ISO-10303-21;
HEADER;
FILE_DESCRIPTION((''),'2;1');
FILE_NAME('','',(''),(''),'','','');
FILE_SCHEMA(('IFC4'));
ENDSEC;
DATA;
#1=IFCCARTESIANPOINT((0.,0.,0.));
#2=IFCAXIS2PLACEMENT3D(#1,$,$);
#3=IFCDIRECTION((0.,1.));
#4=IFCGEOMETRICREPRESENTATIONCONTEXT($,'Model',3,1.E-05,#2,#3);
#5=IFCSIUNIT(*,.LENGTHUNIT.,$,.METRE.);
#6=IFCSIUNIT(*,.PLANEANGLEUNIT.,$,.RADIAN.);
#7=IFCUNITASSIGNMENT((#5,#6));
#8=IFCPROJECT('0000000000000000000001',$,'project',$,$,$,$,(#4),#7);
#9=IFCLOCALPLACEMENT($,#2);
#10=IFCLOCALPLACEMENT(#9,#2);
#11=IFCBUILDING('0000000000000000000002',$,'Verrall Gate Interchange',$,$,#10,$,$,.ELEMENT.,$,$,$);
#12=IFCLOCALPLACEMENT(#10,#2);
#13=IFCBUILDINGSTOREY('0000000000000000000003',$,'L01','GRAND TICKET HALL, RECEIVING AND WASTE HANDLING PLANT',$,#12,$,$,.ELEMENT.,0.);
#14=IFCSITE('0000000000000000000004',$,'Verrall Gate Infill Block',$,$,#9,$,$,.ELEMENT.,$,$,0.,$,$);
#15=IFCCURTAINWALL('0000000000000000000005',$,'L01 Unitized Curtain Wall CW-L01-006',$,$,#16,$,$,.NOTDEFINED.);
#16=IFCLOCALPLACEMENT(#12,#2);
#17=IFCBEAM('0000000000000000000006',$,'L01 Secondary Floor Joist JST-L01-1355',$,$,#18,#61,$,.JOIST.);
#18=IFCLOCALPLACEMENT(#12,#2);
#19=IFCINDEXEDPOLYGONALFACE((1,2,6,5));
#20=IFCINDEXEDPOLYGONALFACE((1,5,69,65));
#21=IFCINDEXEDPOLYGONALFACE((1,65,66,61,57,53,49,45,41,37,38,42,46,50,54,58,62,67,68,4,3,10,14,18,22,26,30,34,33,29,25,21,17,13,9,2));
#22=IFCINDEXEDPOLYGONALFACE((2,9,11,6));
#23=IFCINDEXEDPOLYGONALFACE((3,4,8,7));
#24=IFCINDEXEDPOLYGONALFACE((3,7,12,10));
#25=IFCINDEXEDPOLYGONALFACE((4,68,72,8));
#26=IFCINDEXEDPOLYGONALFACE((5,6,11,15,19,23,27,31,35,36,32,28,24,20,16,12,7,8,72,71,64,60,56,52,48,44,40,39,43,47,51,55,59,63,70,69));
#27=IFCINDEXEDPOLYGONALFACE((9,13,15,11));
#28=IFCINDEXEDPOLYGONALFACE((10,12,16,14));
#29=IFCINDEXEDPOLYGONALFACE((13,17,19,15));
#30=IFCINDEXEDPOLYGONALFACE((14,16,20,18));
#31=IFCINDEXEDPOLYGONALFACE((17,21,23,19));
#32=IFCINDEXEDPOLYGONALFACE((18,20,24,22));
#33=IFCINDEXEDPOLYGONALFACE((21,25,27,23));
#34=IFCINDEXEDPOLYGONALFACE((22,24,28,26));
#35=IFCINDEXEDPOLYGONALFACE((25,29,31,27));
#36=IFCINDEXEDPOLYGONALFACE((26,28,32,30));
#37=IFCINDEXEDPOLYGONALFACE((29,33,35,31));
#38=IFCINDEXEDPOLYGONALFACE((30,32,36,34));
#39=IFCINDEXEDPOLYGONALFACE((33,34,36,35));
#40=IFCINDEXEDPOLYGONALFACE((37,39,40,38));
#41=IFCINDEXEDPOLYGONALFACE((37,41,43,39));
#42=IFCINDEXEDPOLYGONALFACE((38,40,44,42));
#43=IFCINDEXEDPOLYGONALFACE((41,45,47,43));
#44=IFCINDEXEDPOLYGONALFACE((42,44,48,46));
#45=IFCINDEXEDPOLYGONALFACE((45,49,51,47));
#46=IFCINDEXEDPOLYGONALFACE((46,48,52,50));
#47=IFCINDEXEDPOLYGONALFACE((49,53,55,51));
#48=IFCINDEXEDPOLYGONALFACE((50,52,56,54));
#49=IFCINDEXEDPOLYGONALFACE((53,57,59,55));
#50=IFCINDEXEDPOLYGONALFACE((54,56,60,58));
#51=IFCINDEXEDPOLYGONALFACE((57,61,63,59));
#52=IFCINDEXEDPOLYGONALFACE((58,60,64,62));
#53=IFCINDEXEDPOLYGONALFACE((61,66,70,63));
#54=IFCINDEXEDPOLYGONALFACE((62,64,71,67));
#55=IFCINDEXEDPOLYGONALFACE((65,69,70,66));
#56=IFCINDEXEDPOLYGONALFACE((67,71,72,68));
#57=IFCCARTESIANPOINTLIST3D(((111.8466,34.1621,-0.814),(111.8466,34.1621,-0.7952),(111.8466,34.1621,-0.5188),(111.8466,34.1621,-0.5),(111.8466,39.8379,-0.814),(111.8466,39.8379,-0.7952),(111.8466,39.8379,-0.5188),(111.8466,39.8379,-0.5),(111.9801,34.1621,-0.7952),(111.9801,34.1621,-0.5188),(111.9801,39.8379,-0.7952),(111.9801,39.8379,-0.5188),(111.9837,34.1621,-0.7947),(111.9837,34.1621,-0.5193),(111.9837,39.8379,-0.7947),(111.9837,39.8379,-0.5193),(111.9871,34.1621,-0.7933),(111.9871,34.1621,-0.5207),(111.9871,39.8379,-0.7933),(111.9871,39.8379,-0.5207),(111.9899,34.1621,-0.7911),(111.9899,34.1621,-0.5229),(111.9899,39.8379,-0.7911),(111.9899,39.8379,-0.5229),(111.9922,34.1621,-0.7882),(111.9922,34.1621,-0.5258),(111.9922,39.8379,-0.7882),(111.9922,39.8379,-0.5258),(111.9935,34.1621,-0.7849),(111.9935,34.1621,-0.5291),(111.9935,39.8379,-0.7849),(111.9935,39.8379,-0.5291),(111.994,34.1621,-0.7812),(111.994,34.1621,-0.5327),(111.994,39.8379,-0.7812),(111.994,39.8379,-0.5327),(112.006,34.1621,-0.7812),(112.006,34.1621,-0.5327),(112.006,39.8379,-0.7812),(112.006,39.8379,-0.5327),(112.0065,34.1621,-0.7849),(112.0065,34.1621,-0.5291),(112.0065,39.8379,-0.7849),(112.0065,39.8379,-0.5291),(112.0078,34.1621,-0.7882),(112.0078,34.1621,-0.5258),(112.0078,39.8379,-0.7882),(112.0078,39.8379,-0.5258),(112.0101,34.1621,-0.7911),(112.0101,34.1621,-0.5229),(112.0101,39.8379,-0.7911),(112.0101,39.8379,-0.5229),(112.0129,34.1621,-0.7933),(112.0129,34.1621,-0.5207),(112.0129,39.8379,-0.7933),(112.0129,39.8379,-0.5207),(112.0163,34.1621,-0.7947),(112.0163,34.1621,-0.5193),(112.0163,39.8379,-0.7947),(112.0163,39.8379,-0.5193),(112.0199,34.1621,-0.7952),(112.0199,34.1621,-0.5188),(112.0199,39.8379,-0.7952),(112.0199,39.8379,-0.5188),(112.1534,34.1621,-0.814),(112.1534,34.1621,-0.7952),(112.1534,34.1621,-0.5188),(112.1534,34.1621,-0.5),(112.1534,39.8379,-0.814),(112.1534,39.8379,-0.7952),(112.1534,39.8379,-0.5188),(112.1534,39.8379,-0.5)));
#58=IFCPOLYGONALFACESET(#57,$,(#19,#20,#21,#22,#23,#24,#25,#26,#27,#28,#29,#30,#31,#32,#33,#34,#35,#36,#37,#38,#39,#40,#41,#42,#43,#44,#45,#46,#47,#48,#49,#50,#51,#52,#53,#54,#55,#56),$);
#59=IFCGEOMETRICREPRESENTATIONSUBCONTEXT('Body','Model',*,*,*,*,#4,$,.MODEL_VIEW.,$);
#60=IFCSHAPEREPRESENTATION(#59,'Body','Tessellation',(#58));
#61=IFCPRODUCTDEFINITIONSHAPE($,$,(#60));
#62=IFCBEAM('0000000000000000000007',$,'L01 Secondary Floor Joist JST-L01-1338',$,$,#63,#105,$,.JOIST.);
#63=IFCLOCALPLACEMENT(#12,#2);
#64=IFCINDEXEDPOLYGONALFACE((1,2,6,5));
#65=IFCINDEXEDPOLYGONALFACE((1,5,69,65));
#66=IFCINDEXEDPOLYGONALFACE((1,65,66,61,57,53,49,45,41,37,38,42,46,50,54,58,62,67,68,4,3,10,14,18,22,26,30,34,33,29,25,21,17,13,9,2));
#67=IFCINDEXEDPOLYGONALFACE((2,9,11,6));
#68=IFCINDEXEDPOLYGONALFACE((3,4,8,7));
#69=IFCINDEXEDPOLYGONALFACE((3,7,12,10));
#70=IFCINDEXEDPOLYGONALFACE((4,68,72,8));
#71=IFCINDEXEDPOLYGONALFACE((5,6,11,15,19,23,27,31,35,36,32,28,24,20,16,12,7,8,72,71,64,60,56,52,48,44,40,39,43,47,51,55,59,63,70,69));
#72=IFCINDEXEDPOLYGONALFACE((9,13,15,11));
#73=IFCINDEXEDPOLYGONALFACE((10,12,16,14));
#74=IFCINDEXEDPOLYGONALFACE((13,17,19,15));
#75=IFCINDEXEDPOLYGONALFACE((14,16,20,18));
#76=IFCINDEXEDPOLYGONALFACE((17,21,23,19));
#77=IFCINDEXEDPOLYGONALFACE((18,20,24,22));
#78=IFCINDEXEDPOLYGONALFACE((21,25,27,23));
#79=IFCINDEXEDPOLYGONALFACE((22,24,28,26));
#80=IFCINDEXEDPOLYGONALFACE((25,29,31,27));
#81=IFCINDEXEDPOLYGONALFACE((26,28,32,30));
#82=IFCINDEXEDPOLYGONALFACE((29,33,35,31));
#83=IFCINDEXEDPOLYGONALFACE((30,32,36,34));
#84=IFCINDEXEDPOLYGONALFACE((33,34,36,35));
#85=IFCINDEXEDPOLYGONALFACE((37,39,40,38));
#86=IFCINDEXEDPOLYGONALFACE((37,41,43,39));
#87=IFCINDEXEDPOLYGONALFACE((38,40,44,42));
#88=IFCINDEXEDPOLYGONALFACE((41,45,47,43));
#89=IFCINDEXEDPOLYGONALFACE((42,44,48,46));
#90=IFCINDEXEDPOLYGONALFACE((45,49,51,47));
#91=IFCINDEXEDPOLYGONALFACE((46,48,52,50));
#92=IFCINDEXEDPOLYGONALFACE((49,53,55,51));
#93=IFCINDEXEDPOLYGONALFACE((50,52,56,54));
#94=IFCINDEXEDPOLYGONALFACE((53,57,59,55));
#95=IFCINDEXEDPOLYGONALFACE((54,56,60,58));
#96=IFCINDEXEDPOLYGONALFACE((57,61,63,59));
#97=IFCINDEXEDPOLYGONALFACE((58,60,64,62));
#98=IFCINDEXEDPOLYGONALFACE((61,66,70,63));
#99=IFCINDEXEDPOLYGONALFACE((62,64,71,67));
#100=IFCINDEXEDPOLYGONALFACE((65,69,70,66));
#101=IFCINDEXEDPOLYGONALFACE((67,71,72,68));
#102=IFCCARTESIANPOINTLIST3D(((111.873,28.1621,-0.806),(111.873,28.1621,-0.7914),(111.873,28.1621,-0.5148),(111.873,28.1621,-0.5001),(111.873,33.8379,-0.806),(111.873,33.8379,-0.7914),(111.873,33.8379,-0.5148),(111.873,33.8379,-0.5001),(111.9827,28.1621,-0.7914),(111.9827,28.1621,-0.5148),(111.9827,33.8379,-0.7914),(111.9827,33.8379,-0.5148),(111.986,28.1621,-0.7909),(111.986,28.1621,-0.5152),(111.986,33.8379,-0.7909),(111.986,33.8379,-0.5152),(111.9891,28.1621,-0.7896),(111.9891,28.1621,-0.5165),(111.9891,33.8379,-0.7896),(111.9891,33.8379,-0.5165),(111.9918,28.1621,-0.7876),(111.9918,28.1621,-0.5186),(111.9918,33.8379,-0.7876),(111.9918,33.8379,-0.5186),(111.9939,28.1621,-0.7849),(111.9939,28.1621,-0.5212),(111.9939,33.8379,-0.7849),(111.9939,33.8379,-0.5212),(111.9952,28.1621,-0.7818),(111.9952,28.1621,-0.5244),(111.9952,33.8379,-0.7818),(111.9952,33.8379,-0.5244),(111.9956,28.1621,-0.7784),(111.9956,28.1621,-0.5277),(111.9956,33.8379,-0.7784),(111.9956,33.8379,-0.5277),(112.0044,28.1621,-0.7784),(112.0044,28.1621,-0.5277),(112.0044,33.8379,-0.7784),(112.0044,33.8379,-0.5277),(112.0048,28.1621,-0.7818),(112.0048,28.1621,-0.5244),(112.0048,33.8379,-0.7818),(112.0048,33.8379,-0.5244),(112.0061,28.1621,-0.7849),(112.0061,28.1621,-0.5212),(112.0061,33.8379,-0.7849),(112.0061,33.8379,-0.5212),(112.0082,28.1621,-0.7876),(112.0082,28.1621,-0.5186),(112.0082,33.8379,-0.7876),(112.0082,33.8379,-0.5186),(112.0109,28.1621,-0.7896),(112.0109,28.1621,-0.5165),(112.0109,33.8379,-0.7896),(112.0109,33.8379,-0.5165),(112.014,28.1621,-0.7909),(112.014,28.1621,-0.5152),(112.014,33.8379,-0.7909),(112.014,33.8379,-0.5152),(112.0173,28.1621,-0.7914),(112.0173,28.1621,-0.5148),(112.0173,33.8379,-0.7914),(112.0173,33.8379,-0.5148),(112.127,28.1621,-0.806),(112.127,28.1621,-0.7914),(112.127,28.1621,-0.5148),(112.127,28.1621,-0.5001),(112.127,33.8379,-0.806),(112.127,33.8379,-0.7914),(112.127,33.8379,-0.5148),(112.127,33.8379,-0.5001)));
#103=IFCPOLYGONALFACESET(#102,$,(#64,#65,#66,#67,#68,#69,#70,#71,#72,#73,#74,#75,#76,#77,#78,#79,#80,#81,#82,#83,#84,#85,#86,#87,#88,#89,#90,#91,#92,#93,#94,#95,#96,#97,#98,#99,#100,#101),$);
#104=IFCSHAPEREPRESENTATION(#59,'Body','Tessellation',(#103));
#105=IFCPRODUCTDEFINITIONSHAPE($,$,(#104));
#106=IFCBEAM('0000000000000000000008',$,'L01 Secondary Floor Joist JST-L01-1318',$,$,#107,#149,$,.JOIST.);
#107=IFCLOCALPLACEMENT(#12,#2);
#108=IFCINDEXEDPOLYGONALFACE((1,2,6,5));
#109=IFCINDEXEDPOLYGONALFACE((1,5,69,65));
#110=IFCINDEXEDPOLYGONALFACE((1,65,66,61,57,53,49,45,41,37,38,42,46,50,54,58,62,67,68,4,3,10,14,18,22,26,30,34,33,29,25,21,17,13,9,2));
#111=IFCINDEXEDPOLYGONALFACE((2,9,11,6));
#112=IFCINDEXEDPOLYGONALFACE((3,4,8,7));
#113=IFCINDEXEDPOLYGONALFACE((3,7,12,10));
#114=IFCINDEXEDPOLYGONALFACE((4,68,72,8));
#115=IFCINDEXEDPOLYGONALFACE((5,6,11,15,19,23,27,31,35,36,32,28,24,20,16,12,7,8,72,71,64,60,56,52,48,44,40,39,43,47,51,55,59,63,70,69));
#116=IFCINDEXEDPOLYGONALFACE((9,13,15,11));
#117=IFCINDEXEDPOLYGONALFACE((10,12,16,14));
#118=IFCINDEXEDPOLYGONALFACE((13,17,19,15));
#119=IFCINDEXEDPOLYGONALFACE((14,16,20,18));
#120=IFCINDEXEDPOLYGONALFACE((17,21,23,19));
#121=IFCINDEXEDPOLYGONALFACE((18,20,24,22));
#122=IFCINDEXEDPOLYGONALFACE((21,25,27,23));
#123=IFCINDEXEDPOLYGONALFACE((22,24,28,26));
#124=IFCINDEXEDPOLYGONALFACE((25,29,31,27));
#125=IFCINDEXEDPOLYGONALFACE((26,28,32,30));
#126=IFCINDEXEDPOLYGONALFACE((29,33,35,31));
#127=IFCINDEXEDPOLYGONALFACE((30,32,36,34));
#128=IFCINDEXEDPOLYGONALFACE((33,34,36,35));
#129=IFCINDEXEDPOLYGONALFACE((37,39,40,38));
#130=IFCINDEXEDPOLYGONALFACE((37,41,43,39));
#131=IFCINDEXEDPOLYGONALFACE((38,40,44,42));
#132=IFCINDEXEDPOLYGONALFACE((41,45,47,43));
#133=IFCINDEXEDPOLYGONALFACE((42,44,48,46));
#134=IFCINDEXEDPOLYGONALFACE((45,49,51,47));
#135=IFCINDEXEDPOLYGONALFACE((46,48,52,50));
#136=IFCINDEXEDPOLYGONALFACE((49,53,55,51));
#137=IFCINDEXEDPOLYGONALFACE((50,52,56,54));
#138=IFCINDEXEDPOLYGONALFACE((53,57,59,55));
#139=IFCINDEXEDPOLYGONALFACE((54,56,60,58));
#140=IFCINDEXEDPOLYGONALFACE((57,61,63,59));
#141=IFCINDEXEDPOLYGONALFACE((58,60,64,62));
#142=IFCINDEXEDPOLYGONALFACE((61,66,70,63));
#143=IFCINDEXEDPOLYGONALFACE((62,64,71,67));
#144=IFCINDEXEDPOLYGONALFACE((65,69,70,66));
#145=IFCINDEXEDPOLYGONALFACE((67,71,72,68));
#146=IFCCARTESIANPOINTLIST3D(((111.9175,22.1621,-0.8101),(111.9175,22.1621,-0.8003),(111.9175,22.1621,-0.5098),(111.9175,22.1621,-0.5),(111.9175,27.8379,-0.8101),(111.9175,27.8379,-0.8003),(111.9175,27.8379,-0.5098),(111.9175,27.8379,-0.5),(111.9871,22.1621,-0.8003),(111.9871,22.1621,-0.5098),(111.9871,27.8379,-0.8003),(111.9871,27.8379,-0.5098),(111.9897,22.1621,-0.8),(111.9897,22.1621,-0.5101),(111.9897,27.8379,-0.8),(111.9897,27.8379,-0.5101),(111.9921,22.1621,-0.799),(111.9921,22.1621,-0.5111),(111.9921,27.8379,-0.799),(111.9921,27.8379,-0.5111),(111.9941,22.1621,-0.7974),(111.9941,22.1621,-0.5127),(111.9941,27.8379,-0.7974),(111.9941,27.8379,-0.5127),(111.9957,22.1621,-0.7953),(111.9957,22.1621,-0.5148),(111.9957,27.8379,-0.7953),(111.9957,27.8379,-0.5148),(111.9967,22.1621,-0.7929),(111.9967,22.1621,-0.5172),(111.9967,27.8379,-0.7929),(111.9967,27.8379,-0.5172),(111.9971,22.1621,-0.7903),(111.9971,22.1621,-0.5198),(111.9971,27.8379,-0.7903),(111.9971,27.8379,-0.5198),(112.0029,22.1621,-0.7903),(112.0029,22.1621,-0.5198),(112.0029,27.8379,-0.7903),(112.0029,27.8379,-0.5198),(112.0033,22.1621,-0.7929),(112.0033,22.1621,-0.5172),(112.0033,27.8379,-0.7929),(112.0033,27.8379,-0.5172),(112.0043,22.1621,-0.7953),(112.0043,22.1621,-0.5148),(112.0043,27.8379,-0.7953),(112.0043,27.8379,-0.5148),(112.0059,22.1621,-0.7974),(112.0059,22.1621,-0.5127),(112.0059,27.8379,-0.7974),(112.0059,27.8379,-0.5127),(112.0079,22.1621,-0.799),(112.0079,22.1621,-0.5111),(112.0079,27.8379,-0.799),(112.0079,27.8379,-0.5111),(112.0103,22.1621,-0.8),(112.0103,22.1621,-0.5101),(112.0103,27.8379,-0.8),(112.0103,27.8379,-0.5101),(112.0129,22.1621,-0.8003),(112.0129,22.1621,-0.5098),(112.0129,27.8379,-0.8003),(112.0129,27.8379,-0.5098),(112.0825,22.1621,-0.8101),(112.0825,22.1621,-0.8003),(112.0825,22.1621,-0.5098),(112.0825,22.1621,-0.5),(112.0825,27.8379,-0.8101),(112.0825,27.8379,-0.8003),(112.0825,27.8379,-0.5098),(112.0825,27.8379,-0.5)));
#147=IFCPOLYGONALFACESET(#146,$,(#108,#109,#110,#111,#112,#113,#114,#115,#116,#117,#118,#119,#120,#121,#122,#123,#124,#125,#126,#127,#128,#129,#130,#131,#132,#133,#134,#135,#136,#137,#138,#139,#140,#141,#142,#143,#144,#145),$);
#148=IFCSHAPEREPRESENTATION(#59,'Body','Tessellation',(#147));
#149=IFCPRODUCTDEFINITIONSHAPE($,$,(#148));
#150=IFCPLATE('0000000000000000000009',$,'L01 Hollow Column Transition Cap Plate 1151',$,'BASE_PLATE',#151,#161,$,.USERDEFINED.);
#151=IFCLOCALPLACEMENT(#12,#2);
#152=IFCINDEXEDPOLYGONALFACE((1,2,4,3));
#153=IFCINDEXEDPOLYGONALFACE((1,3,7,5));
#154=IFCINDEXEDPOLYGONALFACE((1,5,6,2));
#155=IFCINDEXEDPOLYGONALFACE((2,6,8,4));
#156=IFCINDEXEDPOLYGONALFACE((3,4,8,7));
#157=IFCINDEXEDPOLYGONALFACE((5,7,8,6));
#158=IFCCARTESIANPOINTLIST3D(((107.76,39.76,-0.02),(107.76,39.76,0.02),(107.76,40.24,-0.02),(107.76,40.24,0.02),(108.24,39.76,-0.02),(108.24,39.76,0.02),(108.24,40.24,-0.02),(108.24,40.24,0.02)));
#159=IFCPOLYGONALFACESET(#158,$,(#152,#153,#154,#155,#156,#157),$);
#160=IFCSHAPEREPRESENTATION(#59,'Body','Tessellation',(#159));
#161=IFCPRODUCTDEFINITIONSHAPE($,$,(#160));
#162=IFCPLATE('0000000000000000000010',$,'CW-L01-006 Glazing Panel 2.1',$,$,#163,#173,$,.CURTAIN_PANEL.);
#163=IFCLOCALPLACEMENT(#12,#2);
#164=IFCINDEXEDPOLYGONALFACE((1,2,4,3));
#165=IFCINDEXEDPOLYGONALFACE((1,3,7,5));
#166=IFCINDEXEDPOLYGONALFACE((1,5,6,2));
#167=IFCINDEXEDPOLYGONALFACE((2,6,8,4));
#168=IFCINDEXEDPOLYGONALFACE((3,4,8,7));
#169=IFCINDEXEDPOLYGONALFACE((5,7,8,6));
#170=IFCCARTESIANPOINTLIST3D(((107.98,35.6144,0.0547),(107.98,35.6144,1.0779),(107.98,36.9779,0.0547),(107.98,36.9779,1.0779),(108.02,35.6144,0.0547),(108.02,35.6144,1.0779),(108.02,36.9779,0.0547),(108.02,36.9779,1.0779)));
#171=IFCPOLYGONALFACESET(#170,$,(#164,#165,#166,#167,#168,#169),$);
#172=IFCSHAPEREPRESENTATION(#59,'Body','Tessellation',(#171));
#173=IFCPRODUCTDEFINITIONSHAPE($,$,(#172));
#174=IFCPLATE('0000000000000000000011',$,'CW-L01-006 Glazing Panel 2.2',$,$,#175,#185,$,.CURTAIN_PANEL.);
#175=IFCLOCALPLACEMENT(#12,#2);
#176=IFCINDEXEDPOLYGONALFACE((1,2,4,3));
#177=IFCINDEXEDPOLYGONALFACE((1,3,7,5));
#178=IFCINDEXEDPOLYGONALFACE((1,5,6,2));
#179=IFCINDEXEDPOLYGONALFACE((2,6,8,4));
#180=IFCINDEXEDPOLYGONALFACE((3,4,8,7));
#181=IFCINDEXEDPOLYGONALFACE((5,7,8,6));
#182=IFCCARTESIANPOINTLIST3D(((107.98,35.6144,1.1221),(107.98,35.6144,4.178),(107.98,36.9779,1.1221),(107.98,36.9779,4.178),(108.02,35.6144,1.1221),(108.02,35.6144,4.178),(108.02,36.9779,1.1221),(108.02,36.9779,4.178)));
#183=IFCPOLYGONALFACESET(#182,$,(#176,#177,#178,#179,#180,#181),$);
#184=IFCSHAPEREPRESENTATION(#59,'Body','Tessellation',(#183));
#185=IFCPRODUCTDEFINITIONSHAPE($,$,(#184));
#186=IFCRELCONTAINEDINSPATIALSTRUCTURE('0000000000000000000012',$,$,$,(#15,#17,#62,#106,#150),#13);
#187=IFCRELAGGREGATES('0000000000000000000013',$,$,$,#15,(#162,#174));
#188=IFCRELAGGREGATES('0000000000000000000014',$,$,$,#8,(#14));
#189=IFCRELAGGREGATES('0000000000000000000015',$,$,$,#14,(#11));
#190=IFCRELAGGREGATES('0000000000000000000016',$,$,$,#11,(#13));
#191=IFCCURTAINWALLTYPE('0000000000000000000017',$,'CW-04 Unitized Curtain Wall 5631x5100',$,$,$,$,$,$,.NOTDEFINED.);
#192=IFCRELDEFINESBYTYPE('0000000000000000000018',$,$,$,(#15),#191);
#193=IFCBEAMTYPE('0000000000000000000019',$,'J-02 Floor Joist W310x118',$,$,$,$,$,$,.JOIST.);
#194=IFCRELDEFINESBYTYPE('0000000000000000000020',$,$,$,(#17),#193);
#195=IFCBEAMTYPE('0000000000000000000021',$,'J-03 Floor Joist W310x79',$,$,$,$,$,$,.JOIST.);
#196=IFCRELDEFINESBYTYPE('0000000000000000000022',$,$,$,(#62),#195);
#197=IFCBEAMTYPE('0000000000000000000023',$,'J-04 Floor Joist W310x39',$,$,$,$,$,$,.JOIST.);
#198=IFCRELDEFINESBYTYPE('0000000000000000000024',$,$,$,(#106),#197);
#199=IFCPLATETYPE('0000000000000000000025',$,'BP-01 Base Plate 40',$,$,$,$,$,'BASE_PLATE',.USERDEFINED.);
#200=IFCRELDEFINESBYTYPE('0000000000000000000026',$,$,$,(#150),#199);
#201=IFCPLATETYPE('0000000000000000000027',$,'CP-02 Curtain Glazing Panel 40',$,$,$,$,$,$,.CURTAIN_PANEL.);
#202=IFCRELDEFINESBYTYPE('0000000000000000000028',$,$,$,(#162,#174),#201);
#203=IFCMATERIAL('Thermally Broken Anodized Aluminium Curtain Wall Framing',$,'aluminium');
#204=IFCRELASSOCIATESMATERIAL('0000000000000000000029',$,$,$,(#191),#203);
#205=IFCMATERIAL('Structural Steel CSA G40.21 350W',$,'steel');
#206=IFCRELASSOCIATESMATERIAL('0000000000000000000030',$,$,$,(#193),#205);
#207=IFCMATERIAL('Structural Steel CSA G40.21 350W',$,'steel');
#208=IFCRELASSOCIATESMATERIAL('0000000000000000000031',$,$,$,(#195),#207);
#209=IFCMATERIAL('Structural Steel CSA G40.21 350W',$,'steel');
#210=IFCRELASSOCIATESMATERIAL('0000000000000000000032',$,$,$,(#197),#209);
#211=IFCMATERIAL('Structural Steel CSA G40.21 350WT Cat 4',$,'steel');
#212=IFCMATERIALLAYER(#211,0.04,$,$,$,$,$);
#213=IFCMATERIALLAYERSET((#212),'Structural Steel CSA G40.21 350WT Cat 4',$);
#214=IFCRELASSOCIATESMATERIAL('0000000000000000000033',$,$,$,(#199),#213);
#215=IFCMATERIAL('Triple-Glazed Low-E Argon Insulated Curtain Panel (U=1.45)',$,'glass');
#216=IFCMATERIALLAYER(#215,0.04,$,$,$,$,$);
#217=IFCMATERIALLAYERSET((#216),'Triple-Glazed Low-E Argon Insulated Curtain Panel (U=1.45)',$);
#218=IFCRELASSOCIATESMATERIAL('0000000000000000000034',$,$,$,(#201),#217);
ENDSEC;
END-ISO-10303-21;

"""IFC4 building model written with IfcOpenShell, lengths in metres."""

from ifc_helpers import new_model, si_unit, direction, frame, origin, origin_2d, place, context, subcontext, project, spatial, rectangle, i_section, extrude, material, layer, layer_set, material_profile, profile_set, type_object, element, aggregate, save


model = new_model("IFC4")

# Units and contexts
model_context = context("Model", 3, precision=1e-05, world=origin(), true_north=direction((0.0, 1.0)))
body_context = subcontext(model_context, "Body", "Model", "MODEL_VIEW")
ifc_project = project(units=[si_unit("LENGTHUNIT", "METRE"), si_unit("PLANEANGLEUNIT", "RADIAN")], contexts=[model_context])

# Site, building, storey
site_placement = place(None, origin())
site = spatial("IfcSite", under=ifc_project, at=site_placement, Name="Verrall Gate Infill Block", CompositionType="ELEMENT", RefElevation=0.0)
building_placement = place(site_placement, origin())
building = spatial("IfcBuilding", under=site, at=building_placement, Name="Verrall Gate Interchange", CompositionType="ELEMENT")
storey_placement = place(building_placement, origin())
storey = spatial("IfcBuildingStorey", under=building, at=storey_placement, Name="L01", Description="GRAND TICKET HALL, RECEIVING AND WASTE HANDLING PLANT", CompositionType="ELEMENT", Elevation=0.0)

# Curtain wall
ifc_material_1 = material(Name="Thermally Broken Anodized Aluminium Curtain Wall Framing", Category="aluminium")
curtain_wall_type = type_object("IfcCurtainWallType", Name="CW-04 Unitized Curtain Wall 5631x5100", PredefinedType="NOTDEFINED", material=ifc_material_1)
curtain_wall_placement = place(storey_placement, origin())
curtain_wall = element("IfcCurtainWall", 1, at=curtain_wall_placement, inside=storey, type_object=curtain_wall_type, Name="L01 Unitized Curtain Wall CW-L01-006", PredefinedType="NOTDEFINED")

# Beams
ifc_material_2 = material(Name="Structural Steel CSA G40.21 350W", Category="steel")
ifc_material_profile_1 = material_profile(ifc_material_2, i_section(OverallWidth=0.3069, OverallDepth=0.314, WebThickness=0.012, FlangeThickness=0.0188, FilletRadius=0.0139, at=origin_2d()), Name="W310x118")
ifc_profile_set_1 = profile_set([ifc_material_profile_1], Name="Structural Steel CSA G40.21 350W")
beam_type_1 = type_object("IfcBeamType", Name="J-02 Floor Joist W310x118", PredefinedType="JOIST", material=ifc_profile_set_1)
beam_1_placement = place(storey_placement, frame((112.0, 34.1621, -0.657), z_axis=(0.0, 1.0, 0.0), x_axis=(-1.0, 0.0, 0.0)))
element("IfcBeam", 2, at=beam_1_placement, inside=storey, type_object=beam_type_1, Name="L01 Secondary Floor Joist JST-L01-1355", PredefinedType="JOIST", context=body_context, shape_type="SweptSolid", body=[
    extrude(i_section(OverallWidth=0.3069, OverallDepth=0.314, WebThickness=0.012, FlangeThickness=0.0188, FilletRadius=0.0139, at=origin_2d()), origin(), (0.0, 0.0, 1.0), 5.6758),
])
ifc_material_3 = material(Name="Structural Steel CSA G40.21 350W", Category="steel")
ifc_material_profile_2 = material_profile(ifc_material_3, i_section(OverallWidth=0.2539, OverallDepth=0.3059, WebThickness=0.0088, FlangeThickness=0.0146, FilletRadius=0.0129, at=origin_2d()), Name="W310x79")
ifc_profile_set_2 = profile_set([ifc_material_profile_2], Name="Structural Steel CSA G40.21 350W")
beam_type_2 = type_object("IfcBeamType", Name="J-03 Floor Joist W310x79", PredefinedType="JOIST", material=ifc_profile_set_2)
beam_2_placement = place(storey_placement, frame((112.0, 28.1621, -0.6531), z_axis=(0.0, 1.0, 0.0), x_axis=(-1.0, 0.0, 0.0)))
element("IfcBeam", 3, at=beam_2_placement, inside=storey, type_object=beam_type_2, Name="L01 Secondary Floor Joist JST-L01-1338", PredefinedType="JOIST", context=body_context, shape_type="SweptSolid", body=[
    extrude(i_section(OverallWidth=0.2539, OverallDepth=0.3059, WebThickness=0.0088, FlangeThickness=0.0146, FilletRadius=0.0129, at=origin_2d()), origin(), (0.0, 0.0, 1.0), 5.6758),
])
ifc_material_4 = material(Name="Structural Steel CSA G40.21 350W", Category="steel")
ifc_material_profile_3 = material_profile(ifc_material_4, i_section(OverallWidth=0.165, OverallDepth=0.3101, WebThickness=0.0059, FlangeThickness=0.0098, FilletRadius=0.01, at=origin_2d()), Name="W310x39")
ifc_profile_set_3 = profile_set([ifc_material_profile_3], Name="Structural Steel CSA G40.21 350W")
beam_type_3 = type_object("IfcBeamType", Name="J-04 Floor Joist W310x39", PredefinedType="JOIST", material=ifc_profile_set_3)
beam_3_placement = place(storey_placement, frame((112.0, 22.1621, -0.655), z_axis=(0.0, 1.0, 0.0), x_axis=(-1.0, 0.0, 0.0)))
element("IfcBeam", 4, at=beam_3_placement, inside=storey, type_object=beam_type_3, Name="L01 Secondary Floor Joist JST-L01-1318", PredefinedType="JOIST", context=body_context, shape_type="SweptSolid", body=[
    extrude(i_section(OverallWidth=0.165, OverallDepth=0.3101, WebThickness=0.0059, FlangeThickness=0.0098, FilletRadius=0.01, at=origin_2d()), origin(), (0.0, 0.0, 1.0), 5.6758),
])

# Plates
ifc_material_5 = material(Name="Structural Steel CSA G40.21 350WT Cat 4", Category="steel")
ifc_layer_1 = layer(ifc_material_5, 0.04)
ifc_layer_set_1 = layer_set([ifc_layer_1], Name="Structural Steel CSA G40.21 350WT Cat 4")
plate_type_1 = type_object("IfcPlateType", Name="BP-01 Base Plate 40", ElementType="BASE_PLATE", PredefinedType="USERDEFINED", material=ifc_layer_set_1)
plate_1_placement = place(storey_placement, frame((108.0, 40.0, -0.02), z_axis=(0.0, 0.0, 1.0), x_axis=(1.0, 0.0, 0.0)))
element("IfcPlate", 5, at=plate_1_placement, inside=storey, type_object=plate_type_1, Name="L01 Hollow Column Transition Cap Plate 1151", ObjectType="BASE_PLATE", PredefinedType="USERDEFINED", context=body_context, shape_type="SweptSolid", body=[
    extrude(rectangle(XDim=0.48, YDim=0.48, at=origin_2d()), origin(), (0.0, 0.0, 1.0), 0.04),
])
ifc_material_6 = material(Name="Triple-Glazed Low-E Argon Insulated Curtain Panel (U=1.45)", Category="glass")
ifc_layer_2 = layer(ifc_material_6, 0.04)
ifc_layer_set_2 = layer_set([ifc_layer_2], Name="Triple-Glazed Low-E Argon Insulated Curtain Panel (U=1.45)")
plate_type_2 = type_object("IfcPlateType", Name="CP-02 Curtain Glazing Panel 40", PredefinedType="CURTAIN_PANEL", material=ifc_layer_set_2)
plate_2_placement = place(storey_placement, frame((108.0, 36.2961, 0.0547), z_axis=(0.0, 0.0, 1.0), x_axis=(0.0, 1.0, 0.0)))
plate_2 = element("IfcPlate", 6, at=plate_2_placement, type_object=plate_type_2, Name="CW-L01-006 Glazing Panel 2.1", PredefinedType="CURTAIN_PANEL", context=body_context, shape_type="SweptSolid", body=[
    extrude(rectangle(XDim=1.3635, YDim=0.04, at=origin_2d()), origin(), (0.0, 0.0, 1.0), 1.0232),
])
plate_3_placement = place(storey_placement, frame((108.0, 36.2961, 1.1221), z_axis=(0.0, 0.0, 1.0), x_axis=(0.0, 1.0, 0.0)))
plate_3 = element("IfcPlate", 7, at=plate_3_placement, type_object=plate_type_2, Name="CW-L01-006 Glazing Panel 2.2", PredefinedType="CURTAIN_PANEL", context=body_context, shape_type="SweptSolid", body=[
    extrude(rectangle(XDim=1.3635, YDim=0.04, at=origin_2d()), origin(), (0.0, 0.0, 1.0), 3.0559),
])
aggregate(curtain_wall, [plate_2, plate_3])

save(model, "model.ifc")
